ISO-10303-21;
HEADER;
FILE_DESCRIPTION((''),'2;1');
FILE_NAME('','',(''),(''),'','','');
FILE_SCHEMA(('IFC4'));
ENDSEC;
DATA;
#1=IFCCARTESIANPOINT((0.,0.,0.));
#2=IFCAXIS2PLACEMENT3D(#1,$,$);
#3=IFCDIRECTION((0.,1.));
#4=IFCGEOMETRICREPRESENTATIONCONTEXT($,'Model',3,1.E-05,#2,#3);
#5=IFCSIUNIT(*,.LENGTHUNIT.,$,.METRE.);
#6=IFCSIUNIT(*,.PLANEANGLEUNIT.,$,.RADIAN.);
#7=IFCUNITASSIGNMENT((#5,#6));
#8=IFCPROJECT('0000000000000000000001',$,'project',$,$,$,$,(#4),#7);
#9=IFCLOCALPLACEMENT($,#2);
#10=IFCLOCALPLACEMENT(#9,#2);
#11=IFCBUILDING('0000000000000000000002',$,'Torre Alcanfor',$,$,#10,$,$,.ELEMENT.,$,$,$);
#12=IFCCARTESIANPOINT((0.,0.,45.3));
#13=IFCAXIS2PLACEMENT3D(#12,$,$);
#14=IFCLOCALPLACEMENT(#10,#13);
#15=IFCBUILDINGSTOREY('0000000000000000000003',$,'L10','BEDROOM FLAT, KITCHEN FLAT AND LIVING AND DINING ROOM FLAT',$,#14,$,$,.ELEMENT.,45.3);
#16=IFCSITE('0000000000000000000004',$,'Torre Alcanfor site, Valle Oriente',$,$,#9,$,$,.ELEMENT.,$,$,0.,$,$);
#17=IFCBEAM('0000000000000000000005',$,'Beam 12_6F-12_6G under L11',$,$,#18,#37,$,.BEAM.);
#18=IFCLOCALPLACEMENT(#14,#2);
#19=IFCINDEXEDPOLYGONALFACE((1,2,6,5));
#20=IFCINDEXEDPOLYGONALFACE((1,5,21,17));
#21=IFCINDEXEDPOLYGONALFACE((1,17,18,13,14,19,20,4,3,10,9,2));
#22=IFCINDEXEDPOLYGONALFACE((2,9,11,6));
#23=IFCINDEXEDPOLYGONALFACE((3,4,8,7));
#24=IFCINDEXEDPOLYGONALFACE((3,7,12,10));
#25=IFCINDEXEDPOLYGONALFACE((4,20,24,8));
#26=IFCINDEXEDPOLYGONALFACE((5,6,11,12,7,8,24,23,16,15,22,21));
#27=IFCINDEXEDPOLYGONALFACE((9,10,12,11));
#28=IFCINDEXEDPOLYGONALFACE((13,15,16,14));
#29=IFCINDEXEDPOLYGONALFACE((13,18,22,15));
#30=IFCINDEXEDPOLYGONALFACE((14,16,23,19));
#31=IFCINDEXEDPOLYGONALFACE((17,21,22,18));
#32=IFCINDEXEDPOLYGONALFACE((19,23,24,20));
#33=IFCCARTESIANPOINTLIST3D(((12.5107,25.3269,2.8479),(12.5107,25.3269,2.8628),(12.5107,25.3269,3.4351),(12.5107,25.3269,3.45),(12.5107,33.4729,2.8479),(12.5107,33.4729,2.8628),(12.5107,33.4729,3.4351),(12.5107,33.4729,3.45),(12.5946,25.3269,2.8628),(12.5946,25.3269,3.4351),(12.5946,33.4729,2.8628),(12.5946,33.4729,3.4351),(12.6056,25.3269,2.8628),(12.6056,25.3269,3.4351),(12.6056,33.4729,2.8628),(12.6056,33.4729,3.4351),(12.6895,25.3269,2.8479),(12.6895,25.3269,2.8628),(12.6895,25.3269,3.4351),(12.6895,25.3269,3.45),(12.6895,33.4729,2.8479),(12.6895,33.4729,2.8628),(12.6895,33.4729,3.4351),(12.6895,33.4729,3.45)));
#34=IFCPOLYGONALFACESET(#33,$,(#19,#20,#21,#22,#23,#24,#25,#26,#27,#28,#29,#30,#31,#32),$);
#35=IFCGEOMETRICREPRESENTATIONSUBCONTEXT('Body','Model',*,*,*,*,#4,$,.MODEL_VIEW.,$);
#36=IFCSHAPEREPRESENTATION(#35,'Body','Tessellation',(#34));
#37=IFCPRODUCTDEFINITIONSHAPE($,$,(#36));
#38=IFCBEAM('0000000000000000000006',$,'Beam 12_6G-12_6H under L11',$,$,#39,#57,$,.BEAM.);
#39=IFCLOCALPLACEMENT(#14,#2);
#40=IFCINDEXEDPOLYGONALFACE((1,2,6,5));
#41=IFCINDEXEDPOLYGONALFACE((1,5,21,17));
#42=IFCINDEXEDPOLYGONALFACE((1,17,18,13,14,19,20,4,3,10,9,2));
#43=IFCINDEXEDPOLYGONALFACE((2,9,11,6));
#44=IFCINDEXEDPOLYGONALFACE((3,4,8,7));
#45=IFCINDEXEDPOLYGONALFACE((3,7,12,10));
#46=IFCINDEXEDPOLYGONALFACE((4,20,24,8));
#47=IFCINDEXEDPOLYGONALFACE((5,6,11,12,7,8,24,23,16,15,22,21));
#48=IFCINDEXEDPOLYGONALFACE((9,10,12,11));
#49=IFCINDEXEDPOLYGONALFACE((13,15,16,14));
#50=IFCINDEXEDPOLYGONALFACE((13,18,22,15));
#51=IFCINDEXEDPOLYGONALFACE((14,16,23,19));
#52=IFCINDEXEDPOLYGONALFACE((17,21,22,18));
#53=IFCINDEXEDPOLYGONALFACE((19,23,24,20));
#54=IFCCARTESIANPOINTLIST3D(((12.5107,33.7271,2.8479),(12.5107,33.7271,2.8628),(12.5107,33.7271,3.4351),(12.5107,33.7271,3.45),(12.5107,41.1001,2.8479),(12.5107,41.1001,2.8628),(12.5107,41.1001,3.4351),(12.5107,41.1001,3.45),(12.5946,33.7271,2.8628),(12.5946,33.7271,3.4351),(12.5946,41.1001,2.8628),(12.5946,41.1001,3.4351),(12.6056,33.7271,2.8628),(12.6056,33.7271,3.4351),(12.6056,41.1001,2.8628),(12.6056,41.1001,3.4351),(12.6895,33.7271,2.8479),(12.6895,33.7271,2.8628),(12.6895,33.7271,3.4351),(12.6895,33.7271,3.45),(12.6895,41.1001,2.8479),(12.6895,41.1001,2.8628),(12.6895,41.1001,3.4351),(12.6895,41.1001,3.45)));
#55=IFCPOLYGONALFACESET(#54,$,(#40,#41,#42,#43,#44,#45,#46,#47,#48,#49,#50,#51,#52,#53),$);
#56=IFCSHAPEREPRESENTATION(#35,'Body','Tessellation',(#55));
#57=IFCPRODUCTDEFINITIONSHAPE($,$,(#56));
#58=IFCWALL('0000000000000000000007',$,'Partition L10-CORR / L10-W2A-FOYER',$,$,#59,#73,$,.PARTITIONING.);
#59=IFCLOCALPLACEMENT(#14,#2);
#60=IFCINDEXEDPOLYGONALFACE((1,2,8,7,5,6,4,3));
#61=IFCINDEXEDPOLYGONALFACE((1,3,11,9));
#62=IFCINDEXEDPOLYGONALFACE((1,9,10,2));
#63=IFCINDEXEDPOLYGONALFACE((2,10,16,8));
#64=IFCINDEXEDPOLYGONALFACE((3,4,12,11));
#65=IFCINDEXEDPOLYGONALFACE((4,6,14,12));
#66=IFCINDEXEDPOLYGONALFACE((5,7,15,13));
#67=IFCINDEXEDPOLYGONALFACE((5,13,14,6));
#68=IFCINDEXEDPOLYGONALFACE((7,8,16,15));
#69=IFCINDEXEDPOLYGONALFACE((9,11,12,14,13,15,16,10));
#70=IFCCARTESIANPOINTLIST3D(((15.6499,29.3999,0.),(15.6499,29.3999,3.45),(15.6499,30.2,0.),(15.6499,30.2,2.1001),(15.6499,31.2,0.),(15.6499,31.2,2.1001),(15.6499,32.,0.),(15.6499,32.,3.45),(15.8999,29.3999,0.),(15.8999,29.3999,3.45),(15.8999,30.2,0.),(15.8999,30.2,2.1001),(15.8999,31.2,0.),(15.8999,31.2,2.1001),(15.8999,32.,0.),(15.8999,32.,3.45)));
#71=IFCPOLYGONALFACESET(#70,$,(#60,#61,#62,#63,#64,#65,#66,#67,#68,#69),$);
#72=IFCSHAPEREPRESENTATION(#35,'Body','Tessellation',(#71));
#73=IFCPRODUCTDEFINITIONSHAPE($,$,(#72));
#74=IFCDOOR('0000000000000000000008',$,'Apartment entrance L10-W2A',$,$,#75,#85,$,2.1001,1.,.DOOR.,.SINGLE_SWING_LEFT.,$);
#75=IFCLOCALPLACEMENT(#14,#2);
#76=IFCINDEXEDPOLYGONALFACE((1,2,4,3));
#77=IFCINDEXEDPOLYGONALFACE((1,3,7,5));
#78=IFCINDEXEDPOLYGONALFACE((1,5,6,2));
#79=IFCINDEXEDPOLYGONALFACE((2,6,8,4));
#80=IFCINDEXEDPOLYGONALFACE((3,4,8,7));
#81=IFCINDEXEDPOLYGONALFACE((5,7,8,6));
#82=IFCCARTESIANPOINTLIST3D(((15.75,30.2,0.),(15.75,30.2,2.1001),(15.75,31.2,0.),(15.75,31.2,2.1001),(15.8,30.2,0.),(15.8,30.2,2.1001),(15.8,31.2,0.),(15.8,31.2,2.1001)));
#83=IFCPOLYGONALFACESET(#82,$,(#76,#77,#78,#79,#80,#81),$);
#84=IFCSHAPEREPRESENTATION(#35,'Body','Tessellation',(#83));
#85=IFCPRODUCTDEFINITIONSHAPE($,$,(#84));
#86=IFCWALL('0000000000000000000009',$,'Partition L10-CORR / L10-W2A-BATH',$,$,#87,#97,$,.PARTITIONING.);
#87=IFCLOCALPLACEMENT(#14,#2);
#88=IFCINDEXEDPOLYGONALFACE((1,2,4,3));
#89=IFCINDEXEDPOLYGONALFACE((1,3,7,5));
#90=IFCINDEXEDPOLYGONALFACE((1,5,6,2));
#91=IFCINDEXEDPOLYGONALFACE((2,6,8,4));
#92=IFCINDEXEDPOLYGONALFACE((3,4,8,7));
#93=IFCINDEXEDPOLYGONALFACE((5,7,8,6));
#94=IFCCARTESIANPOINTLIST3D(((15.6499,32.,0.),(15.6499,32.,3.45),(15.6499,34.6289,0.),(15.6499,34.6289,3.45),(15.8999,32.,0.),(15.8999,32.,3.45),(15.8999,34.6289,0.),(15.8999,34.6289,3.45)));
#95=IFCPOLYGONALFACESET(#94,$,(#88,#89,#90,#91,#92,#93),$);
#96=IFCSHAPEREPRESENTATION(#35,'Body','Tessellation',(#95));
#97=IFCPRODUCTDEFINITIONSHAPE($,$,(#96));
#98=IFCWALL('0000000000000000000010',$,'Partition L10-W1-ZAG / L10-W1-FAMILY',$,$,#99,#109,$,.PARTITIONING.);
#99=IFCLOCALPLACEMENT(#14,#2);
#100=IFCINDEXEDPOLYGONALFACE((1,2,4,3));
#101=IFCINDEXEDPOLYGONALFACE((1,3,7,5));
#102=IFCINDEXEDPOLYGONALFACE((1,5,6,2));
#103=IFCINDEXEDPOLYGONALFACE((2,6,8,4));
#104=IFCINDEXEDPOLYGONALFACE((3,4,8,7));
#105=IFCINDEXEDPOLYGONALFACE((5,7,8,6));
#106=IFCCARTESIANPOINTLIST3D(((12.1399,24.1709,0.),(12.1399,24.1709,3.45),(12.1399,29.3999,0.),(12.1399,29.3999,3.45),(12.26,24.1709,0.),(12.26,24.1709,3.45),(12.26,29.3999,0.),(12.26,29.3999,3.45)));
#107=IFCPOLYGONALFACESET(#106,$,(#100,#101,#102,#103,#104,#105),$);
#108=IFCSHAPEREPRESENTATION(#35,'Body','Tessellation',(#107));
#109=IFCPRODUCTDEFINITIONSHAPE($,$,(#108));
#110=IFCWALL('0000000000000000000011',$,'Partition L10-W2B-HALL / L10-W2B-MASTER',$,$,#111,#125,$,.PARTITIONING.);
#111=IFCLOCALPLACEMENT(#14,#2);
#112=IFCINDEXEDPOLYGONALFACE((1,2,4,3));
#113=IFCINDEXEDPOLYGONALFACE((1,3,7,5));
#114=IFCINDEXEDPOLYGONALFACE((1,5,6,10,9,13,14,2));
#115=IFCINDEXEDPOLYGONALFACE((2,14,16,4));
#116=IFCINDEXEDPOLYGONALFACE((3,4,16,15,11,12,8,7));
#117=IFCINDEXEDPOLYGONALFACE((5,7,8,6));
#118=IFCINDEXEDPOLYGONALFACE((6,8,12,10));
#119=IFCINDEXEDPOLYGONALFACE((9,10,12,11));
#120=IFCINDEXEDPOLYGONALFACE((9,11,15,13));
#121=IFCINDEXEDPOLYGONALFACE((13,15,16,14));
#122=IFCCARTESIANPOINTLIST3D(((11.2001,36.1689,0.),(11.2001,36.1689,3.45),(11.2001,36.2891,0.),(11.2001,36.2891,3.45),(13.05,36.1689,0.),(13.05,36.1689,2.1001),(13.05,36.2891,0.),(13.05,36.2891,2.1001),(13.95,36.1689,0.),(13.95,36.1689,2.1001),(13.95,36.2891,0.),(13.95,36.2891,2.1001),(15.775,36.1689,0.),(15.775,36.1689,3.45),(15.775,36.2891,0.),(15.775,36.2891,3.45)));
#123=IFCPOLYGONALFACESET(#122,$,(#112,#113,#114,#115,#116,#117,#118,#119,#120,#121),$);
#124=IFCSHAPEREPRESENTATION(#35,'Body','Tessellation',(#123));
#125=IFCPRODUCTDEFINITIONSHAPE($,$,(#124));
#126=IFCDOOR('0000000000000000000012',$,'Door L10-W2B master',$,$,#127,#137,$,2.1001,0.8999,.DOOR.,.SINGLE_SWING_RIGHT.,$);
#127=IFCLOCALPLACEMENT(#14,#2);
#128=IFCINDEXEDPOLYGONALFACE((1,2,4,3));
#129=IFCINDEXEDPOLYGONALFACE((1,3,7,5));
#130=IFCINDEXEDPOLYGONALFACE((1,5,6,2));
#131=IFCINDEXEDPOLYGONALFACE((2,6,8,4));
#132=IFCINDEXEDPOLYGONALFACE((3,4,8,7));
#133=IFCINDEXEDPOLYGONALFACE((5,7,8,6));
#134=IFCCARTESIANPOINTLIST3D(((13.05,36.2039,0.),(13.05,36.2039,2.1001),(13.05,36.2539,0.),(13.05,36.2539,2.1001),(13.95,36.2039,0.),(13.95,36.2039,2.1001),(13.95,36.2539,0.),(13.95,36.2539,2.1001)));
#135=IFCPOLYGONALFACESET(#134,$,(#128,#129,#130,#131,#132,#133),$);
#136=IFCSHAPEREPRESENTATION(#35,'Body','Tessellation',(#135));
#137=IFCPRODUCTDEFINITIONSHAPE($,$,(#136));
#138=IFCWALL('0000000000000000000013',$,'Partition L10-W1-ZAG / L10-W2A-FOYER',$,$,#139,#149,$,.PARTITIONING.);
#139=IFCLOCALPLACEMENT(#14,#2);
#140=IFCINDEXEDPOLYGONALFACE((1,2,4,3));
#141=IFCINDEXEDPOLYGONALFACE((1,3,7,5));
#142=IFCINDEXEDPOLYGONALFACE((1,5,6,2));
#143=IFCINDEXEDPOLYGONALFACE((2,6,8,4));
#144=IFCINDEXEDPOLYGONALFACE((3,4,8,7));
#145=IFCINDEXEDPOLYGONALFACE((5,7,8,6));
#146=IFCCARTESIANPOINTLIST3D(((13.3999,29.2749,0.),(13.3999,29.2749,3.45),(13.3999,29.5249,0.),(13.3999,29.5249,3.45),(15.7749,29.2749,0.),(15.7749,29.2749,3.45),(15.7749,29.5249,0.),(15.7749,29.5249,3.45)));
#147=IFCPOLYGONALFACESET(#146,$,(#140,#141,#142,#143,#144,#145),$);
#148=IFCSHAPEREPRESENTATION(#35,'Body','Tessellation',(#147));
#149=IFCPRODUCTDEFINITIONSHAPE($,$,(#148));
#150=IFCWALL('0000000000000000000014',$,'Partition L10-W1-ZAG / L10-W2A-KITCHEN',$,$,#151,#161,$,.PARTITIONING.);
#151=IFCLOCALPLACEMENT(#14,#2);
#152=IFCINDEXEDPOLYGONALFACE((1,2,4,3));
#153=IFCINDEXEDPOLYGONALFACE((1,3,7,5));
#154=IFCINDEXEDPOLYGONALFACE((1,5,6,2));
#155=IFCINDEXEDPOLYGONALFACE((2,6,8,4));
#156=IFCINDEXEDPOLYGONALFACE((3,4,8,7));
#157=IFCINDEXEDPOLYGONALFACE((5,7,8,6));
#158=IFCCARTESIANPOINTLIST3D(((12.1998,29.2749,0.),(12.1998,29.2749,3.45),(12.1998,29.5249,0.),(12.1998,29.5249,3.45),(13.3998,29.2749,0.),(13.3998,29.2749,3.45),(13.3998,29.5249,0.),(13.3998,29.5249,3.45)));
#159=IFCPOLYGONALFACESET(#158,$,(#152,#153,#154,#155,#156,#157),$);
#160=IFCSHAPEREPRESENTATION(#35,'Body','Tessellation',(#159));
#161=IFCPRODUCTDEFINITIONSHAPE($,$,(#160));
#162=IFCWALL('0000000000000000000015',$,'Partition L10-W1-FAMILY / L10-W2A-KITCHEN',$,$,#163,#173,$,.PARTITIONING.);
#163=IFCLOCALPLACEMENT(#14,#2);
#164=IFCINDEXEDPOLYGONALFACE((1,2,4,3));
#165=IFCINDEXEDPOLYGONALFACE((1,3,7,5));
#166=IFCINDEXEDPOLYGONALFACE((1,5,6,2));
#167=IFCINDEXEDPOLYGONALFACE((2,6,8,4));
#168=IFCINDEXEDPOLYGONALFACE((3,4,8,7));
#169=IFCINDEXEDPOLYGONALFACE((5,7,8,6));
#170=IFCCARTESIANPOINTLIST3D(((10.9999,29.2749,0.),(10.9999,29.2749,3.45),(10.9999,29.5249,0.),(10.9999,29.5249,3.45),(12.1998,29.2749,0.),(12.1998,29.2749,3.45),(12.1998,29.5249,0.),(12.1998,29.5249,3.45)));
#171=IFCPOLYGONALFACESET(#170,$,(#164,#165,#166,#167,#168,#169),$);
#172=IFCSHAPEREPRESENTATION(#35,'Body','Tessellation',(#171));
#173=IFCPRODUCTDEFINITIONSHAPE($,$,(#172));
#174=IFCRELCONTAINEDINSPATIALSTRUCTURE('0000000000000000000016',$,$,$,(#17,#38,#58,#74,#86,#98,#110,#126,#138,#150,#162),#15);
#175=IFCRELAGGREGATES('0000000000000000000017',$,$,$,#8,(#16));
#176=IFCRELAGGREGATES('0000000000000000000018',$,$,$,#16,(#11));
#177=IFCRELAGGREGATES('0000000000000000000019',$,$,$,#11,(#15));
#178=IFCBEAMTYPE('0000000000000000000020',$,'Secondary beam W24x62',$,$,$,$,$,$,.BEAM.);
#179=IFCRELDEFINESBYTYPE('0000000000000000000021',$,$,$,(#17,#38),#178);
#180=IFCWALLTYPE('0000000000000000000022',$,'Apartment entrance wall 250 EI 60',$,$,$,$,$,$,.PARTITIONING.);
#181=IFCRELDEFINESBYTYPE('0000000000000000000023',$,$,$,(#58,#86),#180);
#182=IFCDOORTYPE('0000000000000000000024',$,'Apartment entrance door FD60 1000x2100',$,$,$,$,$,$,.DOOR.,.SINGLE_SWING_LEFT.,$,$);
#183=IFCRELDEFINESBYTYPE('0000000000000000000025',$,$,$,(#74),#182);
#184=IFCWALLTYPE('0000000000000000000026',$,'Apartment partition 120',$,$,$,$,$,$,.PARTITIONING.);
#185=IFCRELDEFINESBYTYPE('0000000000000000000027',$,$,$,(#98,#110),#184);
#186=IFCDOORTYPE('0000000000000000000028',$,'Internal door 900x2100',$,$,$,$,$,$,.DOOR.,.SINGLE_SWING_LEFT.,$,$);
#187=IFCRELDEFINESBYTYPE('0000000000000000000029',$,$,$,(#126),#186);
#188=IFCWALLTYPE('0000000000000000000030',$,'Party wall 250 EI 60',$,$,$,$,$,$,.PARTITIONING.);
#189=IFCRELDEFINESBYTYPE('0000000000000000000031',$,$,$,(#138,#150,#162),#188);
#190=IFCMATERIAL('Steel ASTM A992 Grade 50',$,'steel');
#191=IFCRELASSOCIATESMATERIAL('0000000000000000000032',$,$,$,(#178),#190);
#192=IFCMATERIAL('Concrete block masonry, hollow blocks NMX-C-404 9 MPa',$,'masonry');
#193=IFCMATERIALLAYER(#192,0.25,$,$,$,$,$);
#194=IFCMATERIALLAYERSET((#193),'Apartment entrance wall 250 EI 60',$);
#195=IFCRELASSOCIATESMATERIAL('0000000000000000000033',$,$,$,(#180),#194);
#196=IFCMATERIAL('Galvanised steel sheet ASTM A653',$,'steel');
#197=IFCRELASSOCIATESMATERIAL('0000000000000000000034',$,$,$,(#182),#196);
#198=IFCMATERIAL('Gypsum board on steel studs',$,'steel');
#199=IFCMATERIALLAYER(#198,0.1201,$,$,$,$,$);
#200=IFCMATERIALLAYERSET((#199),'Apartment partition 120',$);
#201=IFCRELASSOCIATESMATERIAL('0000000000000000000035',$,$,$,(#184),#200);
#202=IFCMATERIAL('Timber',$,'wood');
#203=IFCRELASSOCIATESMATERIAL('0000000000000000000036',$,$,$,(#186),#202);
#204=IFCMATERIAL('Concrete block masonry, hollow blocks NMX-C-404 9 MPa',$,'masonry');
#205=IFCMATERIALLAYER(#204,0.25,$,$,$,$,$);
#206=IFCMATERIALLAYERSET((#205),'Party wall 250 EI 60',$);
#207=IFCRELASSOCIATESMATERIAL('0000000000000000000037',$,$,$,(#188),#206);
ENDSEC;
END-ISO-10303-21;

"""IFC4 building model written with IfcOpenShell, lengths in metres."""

from ifc_helpers import new_model, si_unit, direction, frame, frame_2d, origin, origin_2d, place, context, subcontext, project, spatial, rectangle, i_section, extrude, material, layer, layer_set, material_profile, profile_set, type_object, element, fill, save


model = new_model("IFC4")

# Units and contexts
model_context = context("Model", 3, precision=1e-05, world=origin(), true_north=direction((0.0, 1.0)))
body_context = subcontext(model_context, "Body", "Model", "MODEL_VIEW")
ifc_project = project(units=[si_unit("LENGTHUNIT", "METRE"), si_unit("PLANEANGLEUNIT", "RADIAN")], contexts=[model_context])

# Site, building, storey
site_placement = place(None, origin())
site = spatial("IfcSite", under=ifc_project, at=site_placement, Name="Torre Alcanfor site, Valle Oriente", CompositionType="ELEMENT", RefElevation=0.0)
building_placement = place(site_placement, origin())
building = spatial("IfcBuilding", under=site, at=building_placement, Name="Torre Alcanfor", CompositionType="ELEMENT")
storey_placement = place(building_placement, frame((0.0, 0.0, 45.3)))
storey = spatial("IfcBuildingStorey", under=building, at=storey_placement, Name="L10", Description="BEDROOM FLAT, KITCHEN FLAT AND LIVING AND DINING ROOM FLAT", CompositionType="ELEMENT", Elevation=45.3)

# Beams
ifc_material_1 = material(Name="Steel ASTM A992 Grade 50", Category="steel")
ifc_material_profile = material_profile(ifc_material_1, i_section(OverallWidth=0.1787, OverallDepth=0.6021, WebThickness=0.011, FlangeThickness=0.0149, at=origin_2d()), Name="W24x62")
ifc_profile_set = profile_set([ifc_material_profile], Name="Steel ASTM A992 Grade 50")
beam_type = type_object("IfcBeamType", Name="Secondary beam W24x62", PredefinedType="BEAM", material=ifc_profile_set)
beam_1_placement = place(storey_placement, frame((12.6001, 25.3269, 3.1489), z_axis=(0.0, 1.0, 0.0), x_axis=(-1.0, 0.0, 0.0)))
element("IfcBeam", 1, at=beam_1_placement, inside=storey, type_object=beam_type, Name="Beam 12_6F-12_6G under L11", PredefinedType="BEAM", context=body_context, shape_type="SweptSolid", body=[
    extrude(i_section(OverallWidth=0.1787, OverallDepth=0.6021, WebThickness=0.011, FlangeThickness=0.0149, at=origin_2d()), origin(), (0.0, 0.0, 1.0), 8.146),
])
beam_2_placement = place(storey_placement, frame((12.6001, 33.7271, 3.1489), z_axis=(0.0, 1.0, 0.0), x_axis=(-1.0, 0.0, 0.0)))
element("IfcBeam", 2, at=beam_2_placement, inside=storey, type_object=beam_type, Name="Beam 12_6G-12_6H under L11", PredefinedType="BEAM", context=body_context, shape_type="SweptSolid", body=[
    extrude(i_section(OverallWidth=0.1787, OverallDepth=0.6021, WebThickness=0.011, FlangeThickness=0.0149, at=origin_2d()), origin(), (0.0, 0.0, 1.0), 7.373),
])

# Wall, opening, door
ifc_material_2 = material(Name="Concrete block masonry, hollow blocks NMX-C-404 9 MPa", Category="masonry")
ifc_layer_1 = layer(ifc_material_2, 0.25)
ifc_layer_set_1 = layer_set([ifc_layer_1], Name="Apartment entrance wall 250 EI 60")
wall_type_1 = type_object("IfcWallType", Name="Apartment entrance wall 250 EI 60", PredefinedType="PARTITIONING", material=ifc_layer_set_1)
wall_1_placement = place(storey_placement, frame((15.7749, 29.3999, 0.0), z_axis=(0.0, 0.0, 1.0), x_axis=(0.0, 1.0, 0.0)))
wall_1 = element("IfcWall", 3, at=wall_1_placement, inside=storey, type_object=wall_type_1, Name="Partition L10-CORR / L10-W2A-FOYER", PredefinedType="PARTITIONING", context=body_context, shape_type="SweptSolid", body=[
    extrude(rectangle(XDim=2.6001, YDim=0.25, at=frame_2d((1.3, 0.0))), origin(), (0.0, 0.0, 1.0), 3.45),
])
opening_1_placement = place(wall_1_placement, frame((0.8, 0.0, 0.0)))
opening_1 = element("IfcOpeningElement", 4, at=opening_1_placement, cuts=wall_1, PredefinedType="OPENING", context=body_context, shape_type="SweptSolid", body=[
    extrude(rectangle(XDim=1.0, YDim=2.1001, at=frame_2d((0.5, 1.05))), frame((0.0, 0.135, 0.0), z_axis=(0.0, -1.0, 0.0), x_axis=(1.0, 0.0, 0.0)), (0.0, 0.0, 1.0), 0.27),
])
ifc_material_3 = material(Name="Galvanised steel sheet ASTM A653", Category="steel")
door_type_1 = type_object("IfcDoorType", Name="Apartment entrance door FD60 1000x2100", OperationType="SINGLE_SWING_LEFT", PredefinedType="DOOR", material=ifc_material_3)
door_1_placement = place(opening_1_placement, origin())
door_1 = element("IfcDoor", 5, at=door_1_placement, inside=storey, type_object=door_type_1, Name="Apartment entrance L10-W2A", OperationType="SINGLE_SWING_LEFT", OverallHeight=2.1001, OverallWidth=1.0, PredefinedType="DOOR", context=body_context, shape_type="SweptSolid", body=[
    extrude(rectangle(XDim=1.0, YDim=2.1001, at=frame_2d((0.5, 1.05))), frame((0.0, 0.0249, 0.0), z_axis=(0.0, -1.0, 0.0), x_axis=(1.0, 0.0, 0.0)), (0.0, 0.0, 1.0), 0.05),
])
fill(opening_1, door_1)

# Walls
wall_2_placement = place(storey_placement, frame((15.7749, 32.0, 0.0), z_axis=(0.0, 0.0, 1.0), x_axis=(0.0, 1.0, 0.0)))
element("IfcWall", 6, at=wall_2_placement, inside=storey, type_object=wall_type_1, Name="Partition L10-CORR / L10-W2A-BATH", PredefinedType="PARTITIONING", context=body_context, shape_type="SweptSolid", body=[
    extrude(rectangle(XDim=2.6289, YDim=0.25, at=frame_2d((1.3145, 0.0))), origin(), (0.0, 0.0, 1.0), 3.45),
])
ifc_material_4 = material(Name="Gypsum board on steel studs", Category="steel")
ifc_layer_2 = layer(ifc_material_4, 0.1201)
ifc_layer_set_2 = layer_set([ifc_layer_2], Name="Apartment partition 120")
wall_type_2 = type_object("IfcWallType", Name="Apartment partition 120", PredefinedType="PARTITIONING", material=ifc_layer_set_2)
wall_3_placement = place(storey_placement, frame((12.2, 29.3999, 0.0), z_axis=(0.0, 0.0, 1.0), x_axis=(0.0, -1.0, 0.0)))
element("IfcWall", 7, at=wall_3_placement, inside=storey, type_object=wall_type_2, Name="Partition L10-W1-ZAG / L10-W1-FAMILY", PredefinedType="PARTITIONING", context=body_context, shape_type="SweptSolid", body=[
    extrude(rectangle(XDim=5.229, YDim=0.1201, at=frame_2d((2.6145, 0.0))), origin(), (0.0, 0.0, 1.0), 3.45),
])

# Wall, opening, door
wall_4_placement = place(storey_placement, frame((11.2, 36.229, 0.0), z_axis=(0.0, 0.0, 1.0), x_axis=(1.0, 0.0, 0.0)))
wall_4 = element("IfcWall", 8, at=wall_4_placement, inside=storey, type_object=wall_type_2, Name="Partition L10-W2B-HALL / L10-W2B-MASTER", PredefinedType="PARTITIONING", context=body_context, shape_type="SweptSolid", body=[
    extrude(rectangle(XDim=4.575, YDim=0.1201, at=frame_2d((2.2876, 0.0))), origin(), (0.0, 0.0, 1.0), 3.45),
])
opening_2_placement = place(wall_4_placement, frame((1.8501, 0.0, 0.0)))
opening_2 = element("IfcOpeningElement", 9, at=opening_2_placement, cuts=wall_4, PredefinedType="OPENING", context=body_context, shape_type="SweptSolid", body=[
    extrude(rectangle(XDim=0.8999, YDim=2.1001, at=frame_2d((0.45, 1.05))), frame((0.0, 0.0701, 0.0), z_axis=(0.0, -1.0, 0.0), x_axis=(1.0, 0.0, 0.0)), (0.0, 0.0, 1.0), 0.1401),
])
ifc_material_5 = material(Name="Timber", Category="wood")
door_type_2 = type_object("IfcDoorType", Name="Internal door 900x2100", OperationType="SINGLE_SWING_LEFT", PredefinedType="DOOR", material=ifc_material_5)
door_2_placement = place(opening_2_placement, origin())
door_2 = element("IfcDoor", 10, at=door_2_placement, inside=storey, type_object=door_type_2, Name="Door L10-W2B master", OperationType="SINGLE_SWING_RIGHT", OverallHeight=2.1001, OverallWidth=0.8999, PredefinedType="DOOR", context=body_context, shape_type="SweptSolid", body=[
    extrude(rectangle(XDim=0.8999, YDim=2.1001, at=frame_2d((0.45, 1.05))), frame((0.0, 0.0249, 0.0), z_axis=(0.0, -1.0, 0.0), x_axis=(1.0, 0.0, 0.0)), (0.0, 0.0, 1.0), 0.05),
])
fill(opening_2, door_2)

# Walls
ifc_material_6 = material(Name="Concrete block masonry, hollow blocks NMX-C-404 9 MPa", Category="masonry")
ifc_layer_3 = layer(ifc_material_6, 0.25)
ifc_layer_set_3 = layer_set([ifc_layer_3], Name="Party wall 250 EI 60")
wall_type_3 = type_object("IfcWallType", Name="Party wall 250 EI 60", PredefinedType="PARTITIONING", material=ifc_layer_set_3)
wall_5_placement = place(storey_placement, frame((15.7749, 29.3999, 0.0), z_axis=(0.0, 0.0, 1.0), x_axis=(-1.0, 0.0, 0.0)))
element("IfcWall", 11, at=wall_5_placement, inside=storey, type_object=wall_type_3, Name="Partition L10-W1-ZAG / L10-W2A-FOYER", PredefinedType="PARTITIONING", context=body_context, shape_type="SweptSolid", body=[
    extrude(rectangle(XDim=2.375, YDim=0.25, at=frame_2d((1.1875, 0.0))), origin(), (0.0, 0.0, 1.0), 3.45),
])
for number, where, z_axis, x_axis, name in (
    (12, (13.3999, 29.3999, 0.0), (0.0, 0.0, 1.0), (-1.0, 0.0, 0.0), "Partition L10-W1-ZAG / L10-W2A-KITCHEN"),
    (13, (12.2, 29.3999, 0.0), (0.0, 0.0, 1.0), (-1.0, 0.0, 0.0), "Partition L10-W1-FAMILY / L10-W2A-KITCHEN"),
):
    element("IfcWall", number, at=place(storey_placement, frame(where, z_axis=z_axis, x_axis=x_axis)), inside=storey, type_object=wall_type_3, Name=name, PredefinedType="PARTITIONING", context=body_context, shape_type="SweptSolid", body=[
        extrude(rectangle(XDim=1.2, YDim=0.25, at=frame_2d((0.6001, 0.0))), origin(), (0.0, 0.0, 1.0), 3.45),
    ])

save(model, "model.ifc")
